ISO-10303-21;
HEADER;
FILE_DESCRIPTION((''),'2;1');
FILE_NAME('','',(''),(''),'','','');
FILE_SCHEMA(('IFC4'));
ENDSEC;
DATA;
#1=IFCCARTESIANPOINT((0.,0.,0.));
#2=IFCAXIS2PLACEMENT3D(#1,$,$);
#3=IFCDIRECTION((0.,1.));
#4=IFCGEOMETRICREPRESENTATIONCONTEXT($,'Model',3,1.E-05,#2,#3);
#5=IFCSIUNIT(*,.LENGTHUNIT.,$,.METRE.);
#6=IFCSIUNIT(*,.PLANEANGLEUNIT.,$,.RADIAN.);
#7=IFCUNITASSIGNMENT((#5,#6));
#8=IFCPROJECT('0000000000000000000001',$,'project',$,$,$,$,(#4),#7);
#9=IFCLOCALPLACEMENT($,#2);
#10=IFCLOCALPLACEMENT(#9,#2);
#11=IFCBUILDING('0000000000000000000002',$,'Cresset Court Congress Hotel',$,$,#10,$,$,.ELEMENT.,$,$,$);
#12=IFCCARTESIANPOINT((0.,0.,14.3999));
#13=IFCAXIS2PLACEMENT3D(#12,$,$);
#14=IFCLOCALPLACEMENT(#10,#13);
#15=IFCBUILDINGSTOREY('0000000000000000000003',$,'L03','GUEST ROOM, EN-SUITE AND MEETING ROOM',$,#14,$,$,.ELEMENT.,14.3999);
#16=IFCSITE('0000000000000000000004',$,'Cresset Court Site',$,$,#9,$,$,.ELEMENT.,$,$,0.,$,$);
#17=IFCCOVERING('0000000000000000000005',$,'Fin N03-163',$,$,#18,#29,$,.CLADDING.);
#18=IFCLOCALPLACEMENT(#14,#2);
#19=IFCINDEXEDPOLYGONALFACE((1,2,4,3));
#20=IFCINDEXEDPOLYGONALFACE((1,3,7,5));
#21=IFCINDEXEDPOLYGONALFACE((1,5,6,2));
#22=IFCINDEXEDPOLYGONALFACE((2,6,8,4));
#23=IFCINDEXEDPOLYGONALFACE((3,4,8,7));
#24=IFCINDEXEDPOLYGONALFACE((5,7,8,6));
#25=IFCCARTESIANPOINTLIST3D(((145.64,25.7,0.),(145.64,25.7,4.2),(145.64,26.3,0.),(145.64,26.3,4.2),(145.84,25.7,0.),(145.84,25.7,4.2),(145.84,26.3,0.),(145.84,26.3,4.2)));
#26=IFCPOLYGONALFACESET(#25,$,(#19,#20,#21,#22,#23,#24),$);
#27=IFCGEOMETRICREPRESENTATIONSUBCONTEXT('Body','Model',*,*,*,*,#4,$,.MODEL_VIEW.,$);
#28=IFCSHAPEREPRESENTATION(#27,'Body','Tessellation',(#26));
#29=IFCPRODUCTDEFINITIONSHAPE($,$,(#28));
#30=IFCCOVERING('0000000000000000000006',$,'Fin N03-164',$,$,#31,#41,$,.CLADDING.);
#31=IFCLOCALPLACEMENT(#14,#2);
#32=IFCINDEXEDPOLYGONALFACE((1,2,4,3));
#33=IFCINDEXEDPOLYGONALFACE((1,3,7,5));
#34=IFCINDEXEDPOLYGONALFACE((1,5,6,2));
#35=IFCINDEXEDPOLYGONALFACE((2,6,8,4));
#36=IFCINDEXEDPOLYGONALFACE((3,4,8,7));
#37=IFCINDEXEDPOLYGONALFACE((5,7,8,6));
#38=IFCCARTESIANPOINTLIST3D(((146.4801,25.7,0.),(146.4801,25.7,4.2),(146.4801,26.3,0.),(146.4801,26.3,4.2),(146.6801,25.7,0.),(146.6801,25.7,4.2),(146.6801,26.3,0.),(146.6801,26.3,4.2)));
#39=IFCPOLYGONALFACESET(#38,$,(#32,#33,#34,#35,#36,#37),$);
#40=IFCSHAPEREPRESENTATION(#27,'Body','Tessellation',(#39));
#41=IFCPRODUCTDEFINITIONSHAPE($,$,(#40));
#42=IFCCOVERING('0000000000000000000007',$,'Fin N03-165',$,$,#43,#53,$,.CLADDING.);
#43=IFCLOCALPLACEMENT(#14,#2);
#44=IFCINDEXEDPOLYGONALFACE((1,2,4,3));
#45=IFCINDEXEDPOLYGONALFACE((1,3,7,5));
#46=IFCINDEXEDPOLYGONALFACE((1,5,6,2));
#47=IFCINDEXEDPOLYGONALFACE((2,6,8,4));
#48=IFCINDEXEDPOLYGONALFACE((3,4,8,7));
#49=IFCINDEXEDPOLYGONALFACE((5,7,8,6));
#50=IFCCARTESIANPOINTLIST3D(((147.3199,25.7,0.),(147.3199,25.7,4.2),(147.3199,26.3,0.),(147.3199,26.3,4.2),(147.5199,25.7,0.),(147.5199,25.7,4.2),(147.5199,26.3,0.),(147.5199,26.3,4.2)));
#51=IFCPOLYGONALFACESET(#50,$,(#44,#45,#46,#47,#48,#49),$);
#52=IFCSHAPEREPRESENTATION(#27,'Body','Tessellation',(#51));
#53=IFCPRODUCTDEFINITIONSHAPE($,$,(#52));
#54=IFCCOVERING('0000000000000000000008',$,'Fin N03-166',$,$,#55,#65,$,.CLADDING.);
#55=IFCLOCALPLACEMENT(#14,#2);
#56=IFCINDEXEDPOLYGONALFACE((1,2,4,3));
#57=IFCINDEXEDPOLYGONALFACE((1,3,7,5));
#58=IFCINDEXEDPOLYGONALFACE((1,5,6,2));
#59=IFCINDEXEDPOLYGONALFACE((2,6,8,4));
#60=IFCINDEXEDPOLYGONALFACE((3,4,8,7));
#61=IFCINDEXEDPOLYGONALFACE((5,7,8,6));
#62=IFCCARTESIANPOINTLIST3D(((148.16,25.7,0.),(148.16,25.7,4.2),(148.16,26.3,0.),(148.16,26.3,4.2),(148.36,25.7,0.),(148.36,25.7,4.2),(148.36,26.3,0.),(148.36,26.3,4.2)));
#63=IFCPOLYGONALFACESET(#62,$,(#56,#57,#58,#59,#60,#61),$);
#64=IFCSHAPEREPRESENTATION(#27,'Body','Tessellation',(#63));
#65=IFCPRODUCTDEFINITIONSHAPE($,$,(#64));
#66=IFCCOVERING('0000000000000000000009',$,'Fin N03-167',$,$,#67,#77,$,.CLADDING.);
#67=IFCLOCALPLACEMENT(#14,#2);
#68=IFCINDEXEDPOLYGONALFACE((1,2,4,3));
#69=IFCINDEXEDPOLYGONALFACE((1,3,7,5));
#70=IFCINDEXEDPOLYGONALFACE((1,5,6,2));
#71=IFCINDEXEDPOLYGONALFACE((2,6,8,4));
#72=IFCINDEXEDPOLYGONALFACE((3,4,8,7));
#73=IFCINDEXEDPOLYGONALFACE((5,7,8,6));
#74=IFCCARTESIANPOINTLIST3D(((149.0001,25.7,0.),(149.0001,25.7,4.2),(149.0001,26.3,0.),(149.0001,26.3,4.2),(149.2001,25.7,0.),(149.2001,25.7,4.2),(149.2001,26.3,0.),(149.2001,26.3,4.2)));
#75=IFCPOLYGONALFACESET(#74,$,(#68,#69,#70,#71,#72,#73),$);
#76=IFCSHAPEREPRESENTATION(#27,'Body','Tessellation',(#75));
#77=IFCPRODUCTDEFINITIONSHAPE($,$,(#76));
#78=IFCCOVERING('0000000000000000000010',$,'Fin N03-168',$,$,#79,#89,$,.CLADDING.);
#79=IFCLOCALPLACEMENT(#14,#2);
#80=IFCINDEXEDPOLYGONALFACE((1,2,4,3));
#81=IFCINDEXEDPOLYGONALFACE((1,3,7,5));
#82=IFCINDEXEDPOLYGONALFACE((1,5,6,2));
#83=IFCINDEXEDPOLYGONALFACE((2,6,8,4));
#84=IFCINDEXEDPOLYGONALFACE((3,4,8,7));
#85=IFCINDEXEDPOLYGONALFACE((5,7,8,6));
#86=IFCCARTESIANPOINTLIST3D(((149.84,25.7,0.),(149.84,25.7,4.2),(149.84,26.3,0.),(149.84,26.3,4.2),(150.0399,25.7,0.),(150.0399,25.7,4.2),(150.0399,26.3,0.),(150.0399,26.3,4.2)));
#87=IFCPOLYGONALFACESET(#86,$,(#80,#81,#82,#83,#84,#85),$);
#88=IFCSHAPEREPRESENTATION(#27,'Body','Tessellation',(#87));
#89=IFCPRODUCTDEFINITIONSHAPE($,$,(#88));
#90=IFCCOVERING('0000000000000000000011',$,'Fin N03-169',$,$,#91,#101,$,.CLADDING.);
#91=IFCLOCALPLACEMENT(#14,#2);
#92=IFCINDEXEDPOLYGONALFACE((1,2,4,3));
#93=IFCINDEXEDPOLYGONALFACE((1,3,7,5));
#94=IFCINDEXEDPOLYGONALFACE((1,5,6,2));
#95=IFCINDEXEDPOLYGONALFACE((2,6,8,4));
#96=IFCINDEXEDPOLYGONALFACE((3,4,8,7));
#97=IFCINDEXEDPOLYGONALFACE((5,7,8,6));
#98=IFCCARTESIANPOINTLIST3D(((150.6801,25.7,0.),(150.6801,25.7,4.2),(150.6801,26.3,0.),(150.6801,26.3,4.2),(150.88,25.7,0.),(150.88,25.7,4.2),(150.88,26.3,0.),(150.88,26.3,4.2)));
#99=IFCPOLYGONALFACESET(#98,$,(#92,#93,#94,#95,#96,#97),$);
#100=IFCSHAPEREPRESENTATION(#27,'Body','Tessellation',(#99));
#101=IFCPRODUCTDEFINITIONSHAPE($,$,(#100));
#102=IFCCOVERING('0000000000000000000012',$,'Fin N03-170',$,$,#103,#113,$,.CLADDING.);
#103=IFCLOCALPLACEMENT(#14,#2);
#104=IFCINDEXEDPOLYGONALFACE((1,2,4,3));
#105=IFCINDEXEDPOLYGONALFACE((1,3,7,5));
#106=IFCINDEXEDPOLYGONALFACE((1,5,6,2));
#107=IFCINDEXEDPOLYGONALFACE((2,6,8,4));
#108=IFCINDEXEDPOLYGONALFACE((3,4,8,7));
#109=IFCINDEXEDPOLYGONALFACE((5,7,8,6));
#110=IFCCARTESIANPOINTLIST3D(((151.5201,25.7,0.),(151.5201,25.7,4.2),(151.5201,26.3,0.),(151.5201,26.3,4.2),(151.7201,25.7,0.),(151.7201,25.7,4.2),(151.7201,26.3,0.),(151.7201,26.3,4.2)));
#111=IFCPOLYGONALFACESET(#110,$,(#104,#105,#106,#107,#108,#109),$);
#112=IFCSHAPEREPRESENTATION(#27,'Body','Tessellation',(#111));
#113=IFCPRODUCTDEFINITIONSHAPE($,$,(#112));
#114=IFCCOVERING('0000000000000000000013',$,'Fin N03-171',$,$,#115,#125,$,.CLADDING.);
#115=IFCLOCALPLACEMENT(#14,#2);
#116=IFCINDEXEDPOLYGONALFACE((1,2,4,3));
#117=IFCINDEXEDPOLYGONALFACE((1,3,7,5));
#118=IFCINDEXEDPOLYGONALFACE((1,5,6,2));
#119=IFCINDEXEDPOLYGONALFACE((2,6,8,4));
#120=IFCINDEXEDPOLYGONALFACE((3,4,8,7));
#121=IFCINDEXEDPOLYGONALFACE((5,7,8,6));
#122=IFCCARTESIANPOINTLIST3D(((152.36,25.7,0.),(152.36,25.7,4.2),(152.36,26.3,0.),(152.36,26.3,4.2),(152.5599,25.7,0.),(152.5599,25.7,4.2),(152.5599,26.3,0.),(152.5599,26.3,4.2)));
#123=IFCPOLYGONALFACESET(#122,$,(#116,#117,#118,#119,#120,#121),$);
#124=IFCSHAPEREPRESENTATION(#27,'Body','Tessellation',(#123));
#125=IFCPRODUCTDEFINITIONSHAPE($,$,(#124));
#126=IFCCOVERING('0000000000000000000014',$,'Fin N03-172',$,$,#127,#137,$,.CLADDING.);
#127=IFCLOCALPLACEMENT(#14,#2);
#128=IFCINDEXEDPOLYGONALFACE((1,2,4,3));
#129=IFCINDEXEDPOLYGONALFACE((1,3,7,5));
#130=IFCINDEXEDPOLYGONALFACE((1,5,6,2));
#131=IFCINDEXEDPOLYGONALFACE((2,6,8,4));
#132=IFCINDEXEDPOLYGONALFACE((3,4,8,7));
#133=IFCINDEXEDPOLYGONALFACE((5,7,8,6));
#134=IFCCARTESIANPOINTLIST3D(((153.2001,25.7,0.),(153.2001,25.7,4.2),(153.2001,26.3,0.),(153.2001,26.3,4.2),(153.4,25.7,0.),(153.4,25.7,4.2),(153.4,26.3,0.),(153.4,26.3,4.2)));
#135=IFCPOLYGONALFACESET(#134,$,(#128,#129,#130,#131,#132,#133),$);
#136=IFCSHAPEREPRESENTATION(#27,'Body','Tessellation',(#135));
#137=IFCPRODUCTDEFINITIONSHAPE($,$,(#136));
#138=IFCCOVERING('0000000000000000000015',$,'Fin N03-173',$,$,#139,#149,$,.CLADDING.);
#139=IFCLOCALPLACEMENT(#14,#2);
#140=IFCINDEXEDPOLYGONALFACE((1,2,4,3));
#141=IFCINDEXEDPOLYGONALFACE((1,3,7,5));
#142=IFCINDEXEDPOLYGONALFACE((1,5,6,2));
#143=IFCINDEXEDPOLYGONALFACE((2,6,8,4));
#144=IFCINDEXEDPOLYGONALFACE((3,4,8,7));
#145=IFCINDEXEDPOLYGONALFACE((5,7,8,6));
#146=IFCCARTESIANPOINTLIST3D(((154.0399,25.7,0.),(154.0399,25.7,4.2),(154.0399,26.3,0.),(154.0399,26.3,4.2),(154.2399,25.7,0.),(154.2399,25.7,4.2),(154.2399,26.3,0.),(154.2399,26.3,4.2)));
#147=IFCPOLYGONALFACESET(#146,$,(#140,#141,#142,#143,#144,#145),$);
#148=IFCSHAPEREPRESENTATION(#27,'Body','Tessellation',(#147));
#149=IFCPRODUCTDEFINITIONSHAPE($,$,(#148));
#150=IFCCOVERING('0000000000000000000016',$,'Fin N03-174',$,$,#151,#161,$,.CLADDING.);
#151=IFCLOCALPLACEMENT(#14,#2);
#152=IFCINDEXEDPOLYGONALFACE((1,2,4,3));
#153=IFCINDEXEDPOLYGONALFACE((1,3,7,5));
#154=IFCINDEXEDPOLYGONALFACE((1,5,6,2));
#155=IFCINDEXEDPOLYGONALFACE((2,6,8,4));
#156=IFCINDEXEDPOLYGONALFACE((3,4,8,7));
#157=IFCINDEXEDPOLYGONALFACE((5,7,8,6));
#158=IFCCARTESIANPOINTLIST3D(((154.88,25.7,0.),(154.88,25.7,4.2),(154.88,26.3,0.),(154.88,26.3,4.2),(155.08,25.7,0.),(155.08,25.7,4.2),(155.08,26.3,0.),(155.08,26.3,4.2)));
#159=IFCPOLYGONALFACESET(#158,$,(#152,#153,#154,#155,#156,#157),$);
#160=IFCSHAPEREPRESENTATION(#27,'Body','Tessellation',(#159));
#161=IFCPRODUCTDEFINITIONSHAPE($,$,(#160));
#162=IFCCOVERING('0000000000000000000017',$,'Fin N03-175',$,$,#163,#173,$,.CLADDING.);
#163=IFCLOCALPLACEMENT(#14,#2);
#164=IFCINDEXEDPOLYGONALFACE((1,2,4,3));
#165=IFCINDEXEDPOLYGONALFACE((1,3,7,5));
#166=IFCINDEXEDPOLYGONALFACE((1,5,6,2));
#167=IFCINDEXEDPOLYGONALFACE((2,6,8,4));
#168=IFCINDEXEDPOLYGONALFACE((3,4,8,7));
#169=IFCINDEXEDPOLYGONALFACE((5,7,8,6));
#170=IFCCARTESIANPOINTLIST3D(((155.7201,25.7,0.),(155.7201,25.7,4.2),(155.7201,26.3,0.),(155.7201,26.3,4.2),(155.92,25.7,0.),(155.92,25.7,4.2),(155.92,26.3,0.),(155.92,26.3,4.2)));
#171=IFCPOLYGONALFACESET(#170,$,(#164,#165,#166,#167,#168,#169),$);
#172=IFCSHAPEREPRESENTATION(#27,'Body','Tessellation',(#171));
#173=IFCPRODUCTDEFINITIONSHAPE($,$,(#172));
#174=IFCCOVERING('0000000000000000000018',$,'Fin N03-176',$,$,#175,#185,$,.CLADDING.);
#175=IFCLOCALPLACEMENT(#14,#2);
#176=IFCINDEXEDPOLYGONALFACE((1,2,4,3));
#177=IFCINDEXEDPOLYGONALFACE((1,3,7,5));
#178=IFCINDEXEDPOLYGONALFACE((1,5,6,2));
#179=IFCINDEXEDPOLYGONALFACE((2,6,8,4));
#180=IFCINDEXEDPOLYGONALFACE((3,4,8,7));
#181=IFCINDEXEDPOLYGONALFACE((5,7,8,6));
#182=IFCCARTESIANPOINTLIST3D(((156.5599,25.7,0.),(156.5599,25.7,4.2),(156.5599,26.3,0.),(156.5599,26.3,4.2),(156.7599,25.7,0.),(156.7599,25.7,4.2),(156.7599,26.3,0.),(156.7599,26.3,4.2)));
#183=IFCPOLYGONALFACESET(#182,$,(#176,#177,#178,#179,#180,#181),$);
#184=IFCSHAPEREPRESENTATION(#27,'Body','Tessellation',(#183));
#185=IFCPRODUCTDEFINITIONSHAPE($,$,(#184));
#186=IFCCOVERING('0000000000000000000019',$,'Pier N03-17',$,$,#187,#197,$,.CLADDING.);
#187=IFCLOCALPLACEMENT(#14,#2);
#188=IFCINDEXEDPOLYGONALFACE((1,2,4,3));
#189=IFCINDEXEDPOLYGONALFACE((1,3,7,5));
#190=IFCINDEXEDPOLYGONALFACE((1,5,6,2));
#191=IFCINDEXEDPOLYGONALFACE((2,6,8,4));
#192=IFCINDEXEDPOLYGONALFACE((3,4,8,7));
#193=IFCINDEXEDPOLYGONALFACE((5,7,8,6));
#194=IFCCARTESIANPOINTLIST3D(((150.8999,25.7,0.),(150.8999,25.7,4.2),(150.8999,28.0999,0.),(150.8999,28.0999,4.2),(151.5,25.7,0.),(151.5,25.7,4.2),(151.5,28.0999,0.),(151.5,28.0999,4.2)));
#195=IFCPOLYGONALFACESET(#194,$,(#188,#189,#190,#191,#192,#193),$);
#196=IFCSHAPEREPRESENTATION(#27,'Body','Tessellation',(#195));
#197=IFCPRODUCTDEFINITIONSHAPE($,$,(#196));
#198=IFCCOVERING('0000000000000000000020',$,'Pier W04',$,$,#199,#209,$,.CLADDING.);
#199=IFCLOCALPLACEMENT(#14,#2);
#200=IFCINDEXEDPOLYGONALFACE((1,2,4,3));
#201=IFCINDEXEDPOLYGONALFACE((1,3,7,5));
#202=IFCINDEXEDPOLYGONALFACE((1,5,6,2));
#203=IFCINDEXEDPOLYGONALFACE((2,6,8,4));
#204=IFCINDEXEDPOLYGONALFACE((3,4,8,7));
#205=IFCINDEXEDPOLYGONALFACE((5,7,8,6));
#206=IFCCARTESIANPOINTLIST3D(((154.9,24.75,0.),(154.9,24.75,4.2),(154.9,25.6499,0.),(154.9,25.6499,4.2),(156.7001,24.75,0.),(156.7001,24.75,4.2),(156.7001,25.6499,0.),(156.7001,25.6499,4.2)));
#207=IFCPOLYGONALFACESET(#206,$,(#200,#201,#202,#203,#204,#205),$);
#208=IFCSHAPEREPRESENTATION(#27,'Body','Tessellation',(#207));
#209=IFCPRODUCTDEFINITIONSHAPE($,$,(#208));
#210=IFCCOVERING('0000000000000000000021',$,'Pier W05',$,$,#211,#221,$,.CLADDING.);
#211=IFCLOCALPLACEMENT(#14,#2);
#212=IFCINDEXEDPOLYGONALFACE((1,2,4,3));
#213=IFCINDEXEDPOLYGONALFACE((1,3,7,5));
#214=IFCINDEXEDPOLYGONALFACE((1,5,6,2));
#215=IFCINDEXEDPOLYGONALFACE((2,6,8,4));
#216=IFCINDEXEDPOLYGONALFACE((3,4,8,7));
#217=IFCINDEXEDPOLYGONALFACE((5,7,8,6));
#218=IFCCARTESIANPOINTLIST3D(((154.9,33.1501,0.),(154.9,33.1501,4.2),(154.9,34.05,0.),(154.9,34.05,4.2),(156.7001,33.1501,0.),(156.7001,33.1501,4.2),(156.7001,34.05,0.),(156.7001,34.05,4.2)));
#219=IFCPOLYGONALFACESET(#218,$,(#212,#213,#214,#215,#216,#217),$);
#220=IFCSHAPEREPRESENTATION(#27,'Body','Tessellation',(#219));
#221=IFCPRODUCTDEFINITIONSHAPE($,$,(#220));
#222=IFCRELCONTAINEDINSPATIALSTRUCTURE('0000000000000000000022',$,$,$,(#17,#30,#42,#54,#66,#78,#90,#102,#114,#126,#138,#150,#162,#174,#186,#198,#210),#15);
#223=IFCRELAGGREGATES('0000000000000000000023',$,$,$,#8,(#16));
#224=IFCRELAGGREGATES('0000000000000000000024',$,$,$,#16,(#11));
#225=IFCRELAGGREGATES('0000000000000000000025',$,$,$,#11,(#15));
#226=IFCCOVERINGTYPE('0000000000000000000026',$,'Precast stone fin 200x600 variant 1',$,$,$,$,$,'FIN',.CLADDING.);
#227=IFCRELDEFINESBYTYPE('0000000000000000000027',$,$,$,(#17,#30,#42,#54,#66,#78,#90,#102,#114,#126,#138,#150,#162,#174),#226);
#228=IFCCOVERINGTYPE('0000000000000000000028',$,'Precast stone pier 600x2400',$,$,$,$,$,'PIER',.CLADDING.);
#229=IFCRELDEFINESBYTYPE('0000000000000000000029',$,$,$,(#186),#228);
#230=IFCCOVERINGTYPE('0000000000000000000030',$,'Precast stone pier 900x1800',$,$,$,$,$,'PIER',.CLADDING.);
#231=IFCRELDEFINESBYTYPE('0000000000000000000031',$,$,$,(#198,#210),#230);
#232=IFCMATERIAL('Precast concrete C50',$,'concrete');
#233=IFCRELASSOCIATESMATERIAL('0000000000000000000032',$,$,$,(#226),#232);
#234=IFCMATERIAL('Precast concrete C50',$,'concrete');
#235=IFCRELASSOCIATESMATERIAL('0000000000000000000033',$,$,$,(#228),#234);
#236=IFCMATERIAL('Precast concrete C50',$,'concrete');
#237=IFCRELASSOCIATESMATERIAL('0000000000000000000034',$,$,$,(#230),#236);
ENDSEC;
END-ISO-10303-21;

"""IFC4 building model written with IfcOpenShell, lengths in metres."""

from ifc_helpers import new_model, si_unit, direction, frame, origin, origin_2d, place, context, subcontext, project, spatial, rectangle, extrude, material, type_object, element, save


model = new_model("IFC4")

# Units and contexts
model_context = context("Model", 3, precision=1e-05, world=origin(), true_north=direction((0.0, 1.0)))
body_context = subcontext(model_context, "Body", "Model", "MODEL_VIEW")
ifc_project = project(units=[si_unit("LENGTHUNIT", "METRE"), si_unit("PLANEANGLEUNIT", "RADIAN")], contexts=[model_context])

# Site, building, storey
site_placement = place(None, origin())
site = spatial("IfcSite", under=ifc_project, at=site_placement, Name="Cresset Court Site", CompositionType="ELEMENT", RefElevation=0.0)
building_placement = place(site_placement, origin())
building = spatial("IfcBuilding", under=site, at=building_placement, Name="Cresset Court Congress Hotel", CompositionType="ELEMENT")
storey_placement = place(building_placement, frame((0.0, 0.0, 14.3999)))
storey = spatial("IfcBuildingStorey", under=building, at=storey_placement, Name="L03", Description="GUEST ROOM, EN-SUITE AND MEETING ROOM", CompositionType="ELEMENT", Elevation=14.3999)

# Coverings
ifc_material_1 = material(Name="Precast concrete C50", Category="concrete")
covering_type_1 = type_object("IfcCoveringType", Name="Precast stone fin 200x600 variant 1", ElementType="FIN", PredefinedType="CLADDING", material=ifc_material_1)
for number, where, z_axis, x_axis, name in (
    (1, (145.74, 26.0, 0.0), (0.0, 0.0, 1.0), (1.0, 0.0, 0.0), "Fin N03-163"),
    (2, (146.5801, 26.0, 0.0), (0.0, 0.0, 1.0), (1.0, 0.0, 0.0), "Fin N03-164"),
    (3, (147.4199, 26.0, 0.0), (0.0, 0.0, 1.0), (1.0, 0.0, 0.0), "Fin N03-165"),
    (4, (148.26, 26.0, 0.0), (0.0, 0.0, 1.0), (1.0, 0.0, 0.0), "Fin N03-166"),
    (5, (149.1001, 26.0, 0.0), (0.0, 0.0, 1.0), (1.0, 0.0, 0.0), "Fin N03-167"),
    (6, (149.9399, 26.0, 0.0), (0.0, 0.0, 1.0), (1.0, 0.0, 0.0), "Fin N03-168"),
    (7, (150.78, 26.0, 0.0), (0.0, 0.0, 1.0), (1.0, 0.0, 0.0), "Fin N03-169"),
    (8, (151.6201, 26.0, 0.0), (0.0, 0.0, 1.0), (1.0, 0.0, 0.0), "Fin N03-170"),
    (9, (152.46, 26.0, 0.0), (0.0, 0.0, 1.0), (1.0, 0.0, 0.0), "Fin N03-171"),
    (10, (153.3, 26.0, 0.0), (0.0, 0.0, 1.0), (1.0, 0.0, 0.0), "Fin N03-172"),
    (11, (154.1399, 26.0, 0.0), (0.0, 0.0, 1.0), (1.0, 0.0, 0.0), "Fin N03-173"),
    (12, (154.98, 26.0, 0.0), (0.0, 0.0, 1.0), (1.0, 0.0, 0.0), "Fin N03-174"),
    (13, (155.8201, 26.0, 0.0), (0.0, 0.0, 1.0), (1.0, 0.0, 0.0), "Fin N03-175"),
    (14, (156.6599, 26.0, 0.0), (0.0, 0.0, 1.0), (1.0, 0.0, 0.0), "Fin N03-176"),
):
    element("IfcCovering", number, at=place(storey_placement, frame(where, z_axis=z_axis, x_axis=x_axis)), inside=storey, type_object=covering_type_1, Name=name, PredefinedType="CLADDING", context=body_context, shape_type="SweptSolid", body=[
        extrude(rectangle(XDim=0.2, YDim=0.6001, at=origin_2d()), origin(), (0.0, 0.0, 1.0), 4.2),
    ])
ifc_material_2 = material(Name="Precast concrete C50", Category="concrete")
covering_type_2 = type_object("IfcCoveringType", Name="Precast stone pier 600x2400", ElementType="PIER", PredefinedType="CLADDING", material=ifc_material_2)
covering_placement = place(storey_placement, frame((151.2, 26.8999, 0.0), z_axis=(0.0, 0.0, 1.0), x_axis=(1.0, 0.0, 0.0)))
element("IfcCovering", 15, at=covering_placement, inside=storey, type_object=covering_type_2, Name="Pier N03-17", PredefinedType="CLADDING", context=body_context, shape_type="SweptSolid", body=[
    extrude(rectangle(XDim=0.6001, YDim=2.3999, at=origin_2d()), origin(), (0.0, 0.0, 1.0), 4.2),
])
ifc_material_3 = material(Name="Precast concrete C50", Category="concrete")
covering_type_3 = type_object("IfcCoveringType", Name="Precast stone pier 900x1800", ElementType="PIER", PredefinedType="CLADDING", material=ifc_material_3)
for number, where, z_axis, x_axis, name in (
    (16, (155.8, 25.2, 0.0), (0.0, 0.0, 1.0), (1.0, 0.0, 0.0), "Pier W04"),
    (17, (155.8, 33.6001, 0.0), (0.0, 0.0, 1.0), (1.0, 0.0, 0.0), "Pier W05"),
):
    element("IfcCovering", number, at=place(storey_placement, frame(where, z_axis=z_axis, x_axis=x_axis)), inside=storey, type_object=covering_type_3, Name=name, PredefinedType="CLADDING", context=body_context, shape_type="SweptSolid", body=[
        extrude(rectangle(XDim=1.8, YDim=0.8999, at=origin_2d()), origin(), (0.0, 0.0, 1.0), 4.2),
    ])

save(model, "model.ifc")
